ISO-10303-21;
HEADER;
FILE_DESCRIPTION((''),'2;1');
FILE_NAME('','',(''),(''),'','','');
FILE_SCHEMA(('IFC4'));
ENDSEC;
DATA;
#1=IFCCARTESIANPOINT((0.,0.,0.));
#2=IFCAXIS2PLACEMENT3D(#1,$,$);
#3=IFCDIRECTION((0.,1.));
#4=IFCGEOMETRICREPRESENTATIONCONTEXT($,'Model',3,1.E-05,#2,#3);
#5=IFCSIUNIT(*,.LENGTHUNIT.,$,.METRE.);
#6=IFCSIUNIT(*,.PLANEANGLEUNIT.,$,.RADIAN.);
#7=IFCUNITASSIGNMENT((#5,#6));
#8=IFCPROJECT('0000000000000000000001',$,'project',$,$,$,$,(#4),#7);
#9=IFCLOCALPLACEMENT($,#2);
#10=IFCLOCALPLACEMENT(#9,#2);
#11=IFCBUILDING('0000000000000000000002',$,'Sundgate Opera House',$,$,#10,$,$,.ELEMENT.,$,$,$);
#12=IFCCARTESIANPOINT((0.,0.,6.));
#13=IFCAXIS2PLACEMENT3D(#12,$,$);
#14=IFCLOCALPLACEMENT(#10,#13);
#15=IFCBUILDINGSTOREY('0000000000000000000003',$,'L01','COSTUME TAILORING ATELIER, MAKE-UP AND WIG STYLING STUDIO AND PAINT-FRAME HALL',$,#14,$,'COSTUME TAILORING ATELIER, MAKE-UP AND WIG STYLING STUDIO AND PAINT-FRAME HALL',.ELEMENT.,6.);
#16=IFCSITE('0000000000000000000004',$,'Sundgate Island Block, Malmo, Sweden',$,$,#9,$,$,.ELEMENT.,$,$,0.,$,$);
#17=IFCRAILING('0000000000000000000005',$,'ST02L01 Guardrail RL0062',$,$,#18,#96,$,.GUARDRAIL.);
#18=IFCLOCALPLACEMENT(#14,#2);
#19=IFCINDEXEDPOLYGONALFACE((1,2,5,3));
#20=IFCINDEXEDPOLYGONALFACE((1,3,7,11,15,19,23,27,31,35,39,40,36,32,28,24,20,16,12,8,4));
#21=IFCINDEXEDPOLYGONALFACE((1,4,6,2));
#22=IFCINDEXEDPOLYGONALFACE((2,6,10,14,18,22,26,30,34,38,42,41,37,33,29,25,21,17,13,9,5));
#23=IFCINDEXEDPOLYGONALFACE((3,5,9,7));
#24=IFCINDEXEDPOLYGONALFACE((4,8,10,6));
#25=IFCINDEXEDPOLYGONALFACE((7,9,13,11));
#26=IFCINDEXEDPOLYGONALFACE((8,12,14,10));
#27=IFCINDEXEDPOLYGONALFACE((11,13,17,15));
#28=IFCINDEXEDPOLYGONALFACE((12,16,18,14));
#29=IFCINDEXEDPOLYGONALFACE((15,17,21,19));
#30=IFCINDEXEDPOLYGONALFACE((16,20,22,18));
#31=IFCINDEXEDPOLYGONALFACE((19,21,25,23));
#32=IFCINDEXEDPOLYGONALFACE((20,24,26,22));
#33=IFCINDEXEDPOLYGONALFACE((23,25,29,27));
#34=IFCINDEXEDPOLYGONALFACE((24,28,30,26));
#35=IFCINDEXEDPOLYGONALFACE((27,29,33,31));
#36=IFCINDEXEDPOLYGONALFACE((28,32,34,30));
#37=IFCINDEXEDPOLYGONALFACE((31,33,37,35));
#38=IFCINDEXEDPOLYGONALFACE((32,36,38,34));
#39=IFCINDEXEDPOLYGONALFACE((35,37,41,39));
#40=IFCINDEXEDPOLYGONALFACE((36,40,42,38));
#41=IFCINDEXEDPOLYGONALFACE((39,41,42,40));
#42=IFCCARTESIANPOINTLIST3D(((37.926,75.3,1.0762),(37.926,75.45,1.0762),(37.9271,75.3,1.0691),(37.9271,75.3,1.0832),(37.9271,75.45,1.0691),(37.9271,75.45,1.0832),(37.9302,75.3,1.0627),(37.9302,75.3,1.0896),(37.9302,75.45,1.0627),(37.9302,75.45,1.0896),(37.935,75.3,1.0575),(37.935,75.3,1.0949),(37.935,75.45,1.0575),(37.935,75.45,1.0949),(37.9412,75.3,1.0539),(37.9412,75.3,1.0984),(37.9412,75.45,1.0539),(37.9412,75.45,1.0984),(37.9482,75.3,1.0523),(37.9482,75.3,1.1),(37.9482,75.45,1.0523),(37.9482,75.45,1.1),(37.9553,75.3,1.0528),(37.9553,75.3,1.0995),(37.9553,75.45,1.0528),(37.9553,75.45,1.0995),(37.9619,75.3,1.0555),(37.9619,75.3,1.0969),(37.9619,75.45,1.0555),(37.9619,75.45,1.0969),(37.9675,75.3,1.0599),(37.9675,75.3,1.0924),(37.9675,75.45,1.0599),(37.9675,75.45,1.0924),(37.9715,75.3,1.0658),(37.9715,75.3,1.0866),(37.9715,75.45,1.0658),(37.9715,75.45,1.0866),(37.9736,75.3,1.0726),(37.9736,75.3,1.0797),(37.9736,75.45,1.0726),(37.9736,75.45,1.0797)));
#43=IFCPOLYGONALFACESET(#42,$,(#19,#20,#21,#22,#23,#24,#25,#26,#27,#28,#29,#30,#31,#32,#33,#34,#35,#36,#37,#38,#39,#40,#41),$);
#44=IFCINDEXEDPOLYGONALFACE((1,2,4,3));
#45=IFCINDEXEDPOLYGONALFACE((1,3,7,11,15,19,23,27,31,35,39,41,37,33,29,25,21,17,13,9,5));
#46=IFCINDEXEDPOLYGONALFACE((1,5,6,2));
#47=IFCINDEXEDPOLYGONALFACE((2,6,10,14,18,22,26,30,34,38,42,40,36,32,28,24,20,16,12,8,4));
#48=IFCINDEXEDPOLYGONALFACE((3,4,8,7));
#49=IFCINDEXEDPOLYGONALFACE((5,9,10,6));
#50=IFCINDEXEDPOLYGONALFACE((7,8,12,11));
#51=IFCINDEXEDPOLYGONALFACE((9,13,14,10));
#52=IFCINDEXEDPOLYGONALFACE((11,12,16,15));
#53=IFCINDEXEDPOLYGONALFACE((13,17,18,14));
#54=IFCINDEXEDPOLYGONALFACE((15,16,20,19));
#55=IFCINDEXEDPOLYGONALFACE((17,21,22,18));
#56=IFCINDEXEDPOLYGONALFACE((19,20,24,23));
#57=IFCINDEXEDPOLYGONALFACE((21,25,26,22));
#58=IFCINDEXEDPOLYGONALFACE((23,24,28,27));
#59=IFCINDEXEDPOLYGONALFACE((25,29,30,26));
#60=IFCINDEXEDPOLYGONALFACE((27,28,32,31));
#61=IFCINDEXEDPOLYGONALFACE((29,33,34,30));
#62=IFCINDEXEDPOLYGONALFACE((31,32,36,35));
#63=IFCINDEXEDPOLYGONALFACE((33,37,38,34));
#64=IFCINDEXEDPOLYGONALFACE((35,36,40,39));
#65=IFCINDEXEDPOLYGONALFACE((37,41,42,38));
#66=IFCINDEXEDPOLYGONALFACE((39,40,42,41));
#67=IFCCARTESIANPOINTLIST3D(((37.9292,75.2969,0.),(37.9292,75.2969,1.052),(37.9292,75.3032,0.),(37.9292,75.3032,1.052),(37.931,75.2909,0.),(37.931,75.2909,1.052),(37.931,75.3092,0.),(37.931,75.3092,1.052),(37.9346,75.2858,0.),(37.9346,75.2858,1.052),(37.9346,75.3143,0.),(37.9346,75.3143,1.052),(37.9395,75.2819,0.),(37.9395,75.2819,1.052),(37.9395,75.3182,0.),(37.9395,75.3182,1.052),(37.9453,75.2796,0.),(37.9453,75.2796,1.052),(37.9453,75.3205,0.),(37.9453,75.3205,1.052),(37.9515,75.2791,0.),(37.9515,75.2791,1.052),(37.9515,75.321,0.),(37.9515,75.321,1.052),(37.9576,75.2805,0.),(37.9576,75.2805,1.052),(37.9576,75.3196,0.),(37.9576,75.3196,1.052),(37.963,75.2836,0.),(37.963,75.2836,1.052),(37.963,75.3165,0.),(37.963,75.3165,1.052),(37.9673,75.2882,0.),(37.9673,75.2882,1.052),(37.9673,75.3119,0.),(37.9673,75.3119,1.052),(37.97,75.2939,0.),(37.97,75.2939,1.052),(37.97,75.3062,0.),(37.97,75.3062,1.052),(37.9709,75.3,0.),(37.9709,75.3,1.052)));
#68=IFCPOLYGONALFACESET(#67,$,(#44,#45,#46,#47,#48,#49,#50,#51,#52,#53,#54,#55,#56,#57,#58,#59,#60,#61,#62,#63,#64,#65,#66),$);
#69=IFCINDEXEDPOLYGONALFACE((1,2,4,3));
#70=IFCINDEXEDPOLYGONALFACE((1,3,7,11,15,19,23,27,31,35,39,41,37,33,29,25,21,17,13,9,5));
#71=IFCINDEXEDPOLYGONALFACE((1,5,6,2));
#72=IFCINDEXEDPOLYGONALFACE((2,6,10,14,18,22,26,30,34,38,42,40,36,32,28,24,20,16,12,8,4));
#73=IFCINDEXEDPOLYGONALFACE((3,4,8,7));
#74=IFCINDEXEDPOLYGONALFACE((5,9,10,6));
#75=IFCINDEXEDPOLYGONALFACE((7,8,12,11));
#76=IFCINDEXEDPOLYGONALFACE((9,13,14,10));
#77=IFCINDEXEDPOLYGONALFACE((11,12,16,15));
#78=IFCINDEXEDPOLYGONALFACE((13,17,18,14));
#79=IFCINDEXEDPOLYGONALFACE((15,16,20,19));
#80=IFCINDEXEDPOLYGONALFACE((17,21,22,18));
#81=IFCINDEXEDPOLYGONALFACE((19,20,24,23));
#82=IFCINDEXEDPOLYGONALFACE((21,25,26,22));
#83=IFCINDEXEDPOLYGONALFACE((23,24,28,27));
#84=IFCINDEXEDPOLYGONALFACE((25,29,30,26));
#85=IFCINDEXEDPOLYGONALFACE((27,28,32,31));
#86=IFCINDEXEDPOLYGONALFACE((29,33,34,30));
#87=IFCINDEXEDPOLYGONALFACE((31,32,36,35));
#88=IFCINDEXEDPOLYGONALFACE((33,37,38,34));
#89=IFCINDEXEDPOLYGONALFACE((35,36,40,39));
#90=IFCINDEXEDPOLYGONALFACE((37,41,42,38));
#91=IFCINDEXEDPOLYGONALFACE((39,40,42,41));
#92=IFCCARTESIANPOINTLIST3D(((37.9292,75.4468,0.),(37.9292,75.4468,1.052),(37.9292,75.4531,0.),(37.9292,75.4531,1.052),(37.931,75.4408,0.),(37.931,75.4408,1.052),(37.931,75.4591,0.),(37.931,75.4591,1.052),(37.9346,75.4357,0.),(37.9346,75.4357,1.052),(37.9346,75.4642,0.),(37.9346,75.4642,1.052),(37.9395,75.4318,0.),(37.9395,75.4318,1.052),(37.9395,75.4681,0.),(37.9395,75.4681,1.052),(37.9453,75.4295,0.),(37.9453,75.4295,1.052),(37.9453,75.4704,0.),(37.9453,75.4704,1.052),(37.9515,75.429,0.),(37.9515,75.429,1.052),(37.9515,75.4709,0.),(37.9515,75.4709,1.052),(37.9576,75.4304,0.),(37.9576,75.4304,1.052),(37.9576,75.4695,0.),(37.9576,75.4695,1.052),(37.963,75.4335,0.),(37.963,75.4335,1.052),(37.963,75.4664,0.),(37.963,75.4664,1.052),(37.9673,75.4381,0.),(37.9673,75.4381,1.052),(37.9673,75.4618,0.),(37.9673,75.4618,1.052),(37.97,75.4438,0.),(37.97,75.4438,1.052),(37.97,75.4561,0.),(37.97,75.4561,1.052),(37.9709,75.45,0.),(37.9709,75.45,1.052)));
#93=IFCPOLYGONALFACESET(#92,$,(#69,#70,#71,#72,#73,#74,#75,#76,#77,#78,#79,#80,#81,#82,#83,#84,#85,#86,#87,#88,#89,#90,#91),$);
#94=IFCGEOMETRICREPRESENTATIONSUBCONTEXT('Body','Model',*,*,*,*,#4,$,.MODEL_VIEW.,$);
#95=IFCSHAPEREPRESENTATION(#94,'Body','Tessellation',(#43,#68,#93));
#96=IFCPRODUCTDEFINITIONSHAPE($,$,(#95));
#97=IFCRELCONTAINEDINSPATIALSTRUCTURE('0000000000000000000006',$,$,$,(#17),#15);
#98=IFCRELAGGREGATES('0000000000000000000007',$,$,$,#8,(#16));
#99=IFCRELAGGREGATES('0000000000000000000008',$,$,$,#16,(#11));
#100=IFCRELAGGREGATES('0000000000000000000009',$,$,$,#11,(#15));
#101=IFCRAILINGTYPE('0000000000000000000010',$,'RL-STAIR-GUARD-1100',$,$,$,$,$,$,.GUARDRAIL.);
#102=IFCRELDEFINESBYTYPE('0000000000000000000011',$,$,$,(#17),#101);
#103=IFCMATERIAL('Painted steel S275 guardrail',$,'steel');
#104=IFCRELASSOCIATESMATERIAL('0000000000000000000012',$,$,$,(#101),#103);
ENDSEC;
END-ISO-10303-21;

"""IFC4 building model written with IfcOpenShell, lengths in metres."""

from ifc_helpers import new_model, si_unit, direction, frame, origin, origin_2d, place, context, subcontext, project, spatial, circle, extrude, material, type_object, element, save


model = new_model("IFC4")

# Units and contexts
model_context = context("Model", 3, precision=1e-05, world=origin(), true_north=direction((0.0, 1.0)))
body_context = subcontext(model_context, "Body", "Model", "MODEL_VIEW")
ifc_project = project(units=[si_unit("LENGTHUNIT", "METRE"), si_unit("PLANEANGLEUNIT", "RADIAN")], contexts=[model_context])

# Site, building, storey
site_placement = place(None, origin())
site = spatial("IfcSite", under=ifc_project, at=site_placement, Name="Sundgate Island Block, Malmo, Sweden", CompositionType="ELEMENT", RefElevation=0.0)
building_placement = place(site_placement, origin())
building = spatial("IfcBuilding", under=site, at=building_placement, Name="Sundgate Opera House", CompositionType="ELEMENT")
storey_placement = place(building_placement, frame((0.0, 0.0, 6.0)))
storey = spatial("IfcBuildingStorey", under=building, at=storey_placement, Name="L01", Description="COSTUME TAILORING ATELIER, MAKE-UP AND WIG STYLING STUDIO AND PAINT-FRAME HALL", LongName="COSTUME TAILORING ATELIER, MAKE-UP AND WIG STYLING STUDIO AND PAINT-FRAME HALL", CompositionType="ELEMENT", Elevation=6.0)

# Railing
ifc_material_1 = material(Name="Painted steel S275 guardrail", Category="steel")
railing_type_1 = type_object("IfcRailingType", Name="RL-STAIR-GUARD-1100", PredefinedType="GUARDRAIL", material=ifc_material_1)
railing_1_placement = place(storey_placement, frame((37.95, 75.3, 0.0)))
element("IfcRailing", 1, at=railing_1_placement, inside=storey, type_object=railing_type_1, Name="ST02L01 Guardrail RL0062", PredefinedType="GUARDRAIL", context=body_context, shape_type="SweptSolid", body=[
    extrude(circle(Radius=0.0239, at=origin_2d()), frame((0.0, 0.0, 1.0762), z_axis=(0.0, 1.0, 0.0), x_axis=(-1.0, 0.0, 0.0)), (0.0, 0.0, 1.0), 0.1499),
    extrude(circle(Radius=0.021, at=origin_2d()), origin(), (0.0, 0.0, 1.0), 1.052),
    extrude(circle(Radius=0.021, at=origin_2d()), frame((0.0, 0.1499, 0.0)), (0.0, 0.0, 1.0), 1.052),
])

save(model, "model.ifc")
